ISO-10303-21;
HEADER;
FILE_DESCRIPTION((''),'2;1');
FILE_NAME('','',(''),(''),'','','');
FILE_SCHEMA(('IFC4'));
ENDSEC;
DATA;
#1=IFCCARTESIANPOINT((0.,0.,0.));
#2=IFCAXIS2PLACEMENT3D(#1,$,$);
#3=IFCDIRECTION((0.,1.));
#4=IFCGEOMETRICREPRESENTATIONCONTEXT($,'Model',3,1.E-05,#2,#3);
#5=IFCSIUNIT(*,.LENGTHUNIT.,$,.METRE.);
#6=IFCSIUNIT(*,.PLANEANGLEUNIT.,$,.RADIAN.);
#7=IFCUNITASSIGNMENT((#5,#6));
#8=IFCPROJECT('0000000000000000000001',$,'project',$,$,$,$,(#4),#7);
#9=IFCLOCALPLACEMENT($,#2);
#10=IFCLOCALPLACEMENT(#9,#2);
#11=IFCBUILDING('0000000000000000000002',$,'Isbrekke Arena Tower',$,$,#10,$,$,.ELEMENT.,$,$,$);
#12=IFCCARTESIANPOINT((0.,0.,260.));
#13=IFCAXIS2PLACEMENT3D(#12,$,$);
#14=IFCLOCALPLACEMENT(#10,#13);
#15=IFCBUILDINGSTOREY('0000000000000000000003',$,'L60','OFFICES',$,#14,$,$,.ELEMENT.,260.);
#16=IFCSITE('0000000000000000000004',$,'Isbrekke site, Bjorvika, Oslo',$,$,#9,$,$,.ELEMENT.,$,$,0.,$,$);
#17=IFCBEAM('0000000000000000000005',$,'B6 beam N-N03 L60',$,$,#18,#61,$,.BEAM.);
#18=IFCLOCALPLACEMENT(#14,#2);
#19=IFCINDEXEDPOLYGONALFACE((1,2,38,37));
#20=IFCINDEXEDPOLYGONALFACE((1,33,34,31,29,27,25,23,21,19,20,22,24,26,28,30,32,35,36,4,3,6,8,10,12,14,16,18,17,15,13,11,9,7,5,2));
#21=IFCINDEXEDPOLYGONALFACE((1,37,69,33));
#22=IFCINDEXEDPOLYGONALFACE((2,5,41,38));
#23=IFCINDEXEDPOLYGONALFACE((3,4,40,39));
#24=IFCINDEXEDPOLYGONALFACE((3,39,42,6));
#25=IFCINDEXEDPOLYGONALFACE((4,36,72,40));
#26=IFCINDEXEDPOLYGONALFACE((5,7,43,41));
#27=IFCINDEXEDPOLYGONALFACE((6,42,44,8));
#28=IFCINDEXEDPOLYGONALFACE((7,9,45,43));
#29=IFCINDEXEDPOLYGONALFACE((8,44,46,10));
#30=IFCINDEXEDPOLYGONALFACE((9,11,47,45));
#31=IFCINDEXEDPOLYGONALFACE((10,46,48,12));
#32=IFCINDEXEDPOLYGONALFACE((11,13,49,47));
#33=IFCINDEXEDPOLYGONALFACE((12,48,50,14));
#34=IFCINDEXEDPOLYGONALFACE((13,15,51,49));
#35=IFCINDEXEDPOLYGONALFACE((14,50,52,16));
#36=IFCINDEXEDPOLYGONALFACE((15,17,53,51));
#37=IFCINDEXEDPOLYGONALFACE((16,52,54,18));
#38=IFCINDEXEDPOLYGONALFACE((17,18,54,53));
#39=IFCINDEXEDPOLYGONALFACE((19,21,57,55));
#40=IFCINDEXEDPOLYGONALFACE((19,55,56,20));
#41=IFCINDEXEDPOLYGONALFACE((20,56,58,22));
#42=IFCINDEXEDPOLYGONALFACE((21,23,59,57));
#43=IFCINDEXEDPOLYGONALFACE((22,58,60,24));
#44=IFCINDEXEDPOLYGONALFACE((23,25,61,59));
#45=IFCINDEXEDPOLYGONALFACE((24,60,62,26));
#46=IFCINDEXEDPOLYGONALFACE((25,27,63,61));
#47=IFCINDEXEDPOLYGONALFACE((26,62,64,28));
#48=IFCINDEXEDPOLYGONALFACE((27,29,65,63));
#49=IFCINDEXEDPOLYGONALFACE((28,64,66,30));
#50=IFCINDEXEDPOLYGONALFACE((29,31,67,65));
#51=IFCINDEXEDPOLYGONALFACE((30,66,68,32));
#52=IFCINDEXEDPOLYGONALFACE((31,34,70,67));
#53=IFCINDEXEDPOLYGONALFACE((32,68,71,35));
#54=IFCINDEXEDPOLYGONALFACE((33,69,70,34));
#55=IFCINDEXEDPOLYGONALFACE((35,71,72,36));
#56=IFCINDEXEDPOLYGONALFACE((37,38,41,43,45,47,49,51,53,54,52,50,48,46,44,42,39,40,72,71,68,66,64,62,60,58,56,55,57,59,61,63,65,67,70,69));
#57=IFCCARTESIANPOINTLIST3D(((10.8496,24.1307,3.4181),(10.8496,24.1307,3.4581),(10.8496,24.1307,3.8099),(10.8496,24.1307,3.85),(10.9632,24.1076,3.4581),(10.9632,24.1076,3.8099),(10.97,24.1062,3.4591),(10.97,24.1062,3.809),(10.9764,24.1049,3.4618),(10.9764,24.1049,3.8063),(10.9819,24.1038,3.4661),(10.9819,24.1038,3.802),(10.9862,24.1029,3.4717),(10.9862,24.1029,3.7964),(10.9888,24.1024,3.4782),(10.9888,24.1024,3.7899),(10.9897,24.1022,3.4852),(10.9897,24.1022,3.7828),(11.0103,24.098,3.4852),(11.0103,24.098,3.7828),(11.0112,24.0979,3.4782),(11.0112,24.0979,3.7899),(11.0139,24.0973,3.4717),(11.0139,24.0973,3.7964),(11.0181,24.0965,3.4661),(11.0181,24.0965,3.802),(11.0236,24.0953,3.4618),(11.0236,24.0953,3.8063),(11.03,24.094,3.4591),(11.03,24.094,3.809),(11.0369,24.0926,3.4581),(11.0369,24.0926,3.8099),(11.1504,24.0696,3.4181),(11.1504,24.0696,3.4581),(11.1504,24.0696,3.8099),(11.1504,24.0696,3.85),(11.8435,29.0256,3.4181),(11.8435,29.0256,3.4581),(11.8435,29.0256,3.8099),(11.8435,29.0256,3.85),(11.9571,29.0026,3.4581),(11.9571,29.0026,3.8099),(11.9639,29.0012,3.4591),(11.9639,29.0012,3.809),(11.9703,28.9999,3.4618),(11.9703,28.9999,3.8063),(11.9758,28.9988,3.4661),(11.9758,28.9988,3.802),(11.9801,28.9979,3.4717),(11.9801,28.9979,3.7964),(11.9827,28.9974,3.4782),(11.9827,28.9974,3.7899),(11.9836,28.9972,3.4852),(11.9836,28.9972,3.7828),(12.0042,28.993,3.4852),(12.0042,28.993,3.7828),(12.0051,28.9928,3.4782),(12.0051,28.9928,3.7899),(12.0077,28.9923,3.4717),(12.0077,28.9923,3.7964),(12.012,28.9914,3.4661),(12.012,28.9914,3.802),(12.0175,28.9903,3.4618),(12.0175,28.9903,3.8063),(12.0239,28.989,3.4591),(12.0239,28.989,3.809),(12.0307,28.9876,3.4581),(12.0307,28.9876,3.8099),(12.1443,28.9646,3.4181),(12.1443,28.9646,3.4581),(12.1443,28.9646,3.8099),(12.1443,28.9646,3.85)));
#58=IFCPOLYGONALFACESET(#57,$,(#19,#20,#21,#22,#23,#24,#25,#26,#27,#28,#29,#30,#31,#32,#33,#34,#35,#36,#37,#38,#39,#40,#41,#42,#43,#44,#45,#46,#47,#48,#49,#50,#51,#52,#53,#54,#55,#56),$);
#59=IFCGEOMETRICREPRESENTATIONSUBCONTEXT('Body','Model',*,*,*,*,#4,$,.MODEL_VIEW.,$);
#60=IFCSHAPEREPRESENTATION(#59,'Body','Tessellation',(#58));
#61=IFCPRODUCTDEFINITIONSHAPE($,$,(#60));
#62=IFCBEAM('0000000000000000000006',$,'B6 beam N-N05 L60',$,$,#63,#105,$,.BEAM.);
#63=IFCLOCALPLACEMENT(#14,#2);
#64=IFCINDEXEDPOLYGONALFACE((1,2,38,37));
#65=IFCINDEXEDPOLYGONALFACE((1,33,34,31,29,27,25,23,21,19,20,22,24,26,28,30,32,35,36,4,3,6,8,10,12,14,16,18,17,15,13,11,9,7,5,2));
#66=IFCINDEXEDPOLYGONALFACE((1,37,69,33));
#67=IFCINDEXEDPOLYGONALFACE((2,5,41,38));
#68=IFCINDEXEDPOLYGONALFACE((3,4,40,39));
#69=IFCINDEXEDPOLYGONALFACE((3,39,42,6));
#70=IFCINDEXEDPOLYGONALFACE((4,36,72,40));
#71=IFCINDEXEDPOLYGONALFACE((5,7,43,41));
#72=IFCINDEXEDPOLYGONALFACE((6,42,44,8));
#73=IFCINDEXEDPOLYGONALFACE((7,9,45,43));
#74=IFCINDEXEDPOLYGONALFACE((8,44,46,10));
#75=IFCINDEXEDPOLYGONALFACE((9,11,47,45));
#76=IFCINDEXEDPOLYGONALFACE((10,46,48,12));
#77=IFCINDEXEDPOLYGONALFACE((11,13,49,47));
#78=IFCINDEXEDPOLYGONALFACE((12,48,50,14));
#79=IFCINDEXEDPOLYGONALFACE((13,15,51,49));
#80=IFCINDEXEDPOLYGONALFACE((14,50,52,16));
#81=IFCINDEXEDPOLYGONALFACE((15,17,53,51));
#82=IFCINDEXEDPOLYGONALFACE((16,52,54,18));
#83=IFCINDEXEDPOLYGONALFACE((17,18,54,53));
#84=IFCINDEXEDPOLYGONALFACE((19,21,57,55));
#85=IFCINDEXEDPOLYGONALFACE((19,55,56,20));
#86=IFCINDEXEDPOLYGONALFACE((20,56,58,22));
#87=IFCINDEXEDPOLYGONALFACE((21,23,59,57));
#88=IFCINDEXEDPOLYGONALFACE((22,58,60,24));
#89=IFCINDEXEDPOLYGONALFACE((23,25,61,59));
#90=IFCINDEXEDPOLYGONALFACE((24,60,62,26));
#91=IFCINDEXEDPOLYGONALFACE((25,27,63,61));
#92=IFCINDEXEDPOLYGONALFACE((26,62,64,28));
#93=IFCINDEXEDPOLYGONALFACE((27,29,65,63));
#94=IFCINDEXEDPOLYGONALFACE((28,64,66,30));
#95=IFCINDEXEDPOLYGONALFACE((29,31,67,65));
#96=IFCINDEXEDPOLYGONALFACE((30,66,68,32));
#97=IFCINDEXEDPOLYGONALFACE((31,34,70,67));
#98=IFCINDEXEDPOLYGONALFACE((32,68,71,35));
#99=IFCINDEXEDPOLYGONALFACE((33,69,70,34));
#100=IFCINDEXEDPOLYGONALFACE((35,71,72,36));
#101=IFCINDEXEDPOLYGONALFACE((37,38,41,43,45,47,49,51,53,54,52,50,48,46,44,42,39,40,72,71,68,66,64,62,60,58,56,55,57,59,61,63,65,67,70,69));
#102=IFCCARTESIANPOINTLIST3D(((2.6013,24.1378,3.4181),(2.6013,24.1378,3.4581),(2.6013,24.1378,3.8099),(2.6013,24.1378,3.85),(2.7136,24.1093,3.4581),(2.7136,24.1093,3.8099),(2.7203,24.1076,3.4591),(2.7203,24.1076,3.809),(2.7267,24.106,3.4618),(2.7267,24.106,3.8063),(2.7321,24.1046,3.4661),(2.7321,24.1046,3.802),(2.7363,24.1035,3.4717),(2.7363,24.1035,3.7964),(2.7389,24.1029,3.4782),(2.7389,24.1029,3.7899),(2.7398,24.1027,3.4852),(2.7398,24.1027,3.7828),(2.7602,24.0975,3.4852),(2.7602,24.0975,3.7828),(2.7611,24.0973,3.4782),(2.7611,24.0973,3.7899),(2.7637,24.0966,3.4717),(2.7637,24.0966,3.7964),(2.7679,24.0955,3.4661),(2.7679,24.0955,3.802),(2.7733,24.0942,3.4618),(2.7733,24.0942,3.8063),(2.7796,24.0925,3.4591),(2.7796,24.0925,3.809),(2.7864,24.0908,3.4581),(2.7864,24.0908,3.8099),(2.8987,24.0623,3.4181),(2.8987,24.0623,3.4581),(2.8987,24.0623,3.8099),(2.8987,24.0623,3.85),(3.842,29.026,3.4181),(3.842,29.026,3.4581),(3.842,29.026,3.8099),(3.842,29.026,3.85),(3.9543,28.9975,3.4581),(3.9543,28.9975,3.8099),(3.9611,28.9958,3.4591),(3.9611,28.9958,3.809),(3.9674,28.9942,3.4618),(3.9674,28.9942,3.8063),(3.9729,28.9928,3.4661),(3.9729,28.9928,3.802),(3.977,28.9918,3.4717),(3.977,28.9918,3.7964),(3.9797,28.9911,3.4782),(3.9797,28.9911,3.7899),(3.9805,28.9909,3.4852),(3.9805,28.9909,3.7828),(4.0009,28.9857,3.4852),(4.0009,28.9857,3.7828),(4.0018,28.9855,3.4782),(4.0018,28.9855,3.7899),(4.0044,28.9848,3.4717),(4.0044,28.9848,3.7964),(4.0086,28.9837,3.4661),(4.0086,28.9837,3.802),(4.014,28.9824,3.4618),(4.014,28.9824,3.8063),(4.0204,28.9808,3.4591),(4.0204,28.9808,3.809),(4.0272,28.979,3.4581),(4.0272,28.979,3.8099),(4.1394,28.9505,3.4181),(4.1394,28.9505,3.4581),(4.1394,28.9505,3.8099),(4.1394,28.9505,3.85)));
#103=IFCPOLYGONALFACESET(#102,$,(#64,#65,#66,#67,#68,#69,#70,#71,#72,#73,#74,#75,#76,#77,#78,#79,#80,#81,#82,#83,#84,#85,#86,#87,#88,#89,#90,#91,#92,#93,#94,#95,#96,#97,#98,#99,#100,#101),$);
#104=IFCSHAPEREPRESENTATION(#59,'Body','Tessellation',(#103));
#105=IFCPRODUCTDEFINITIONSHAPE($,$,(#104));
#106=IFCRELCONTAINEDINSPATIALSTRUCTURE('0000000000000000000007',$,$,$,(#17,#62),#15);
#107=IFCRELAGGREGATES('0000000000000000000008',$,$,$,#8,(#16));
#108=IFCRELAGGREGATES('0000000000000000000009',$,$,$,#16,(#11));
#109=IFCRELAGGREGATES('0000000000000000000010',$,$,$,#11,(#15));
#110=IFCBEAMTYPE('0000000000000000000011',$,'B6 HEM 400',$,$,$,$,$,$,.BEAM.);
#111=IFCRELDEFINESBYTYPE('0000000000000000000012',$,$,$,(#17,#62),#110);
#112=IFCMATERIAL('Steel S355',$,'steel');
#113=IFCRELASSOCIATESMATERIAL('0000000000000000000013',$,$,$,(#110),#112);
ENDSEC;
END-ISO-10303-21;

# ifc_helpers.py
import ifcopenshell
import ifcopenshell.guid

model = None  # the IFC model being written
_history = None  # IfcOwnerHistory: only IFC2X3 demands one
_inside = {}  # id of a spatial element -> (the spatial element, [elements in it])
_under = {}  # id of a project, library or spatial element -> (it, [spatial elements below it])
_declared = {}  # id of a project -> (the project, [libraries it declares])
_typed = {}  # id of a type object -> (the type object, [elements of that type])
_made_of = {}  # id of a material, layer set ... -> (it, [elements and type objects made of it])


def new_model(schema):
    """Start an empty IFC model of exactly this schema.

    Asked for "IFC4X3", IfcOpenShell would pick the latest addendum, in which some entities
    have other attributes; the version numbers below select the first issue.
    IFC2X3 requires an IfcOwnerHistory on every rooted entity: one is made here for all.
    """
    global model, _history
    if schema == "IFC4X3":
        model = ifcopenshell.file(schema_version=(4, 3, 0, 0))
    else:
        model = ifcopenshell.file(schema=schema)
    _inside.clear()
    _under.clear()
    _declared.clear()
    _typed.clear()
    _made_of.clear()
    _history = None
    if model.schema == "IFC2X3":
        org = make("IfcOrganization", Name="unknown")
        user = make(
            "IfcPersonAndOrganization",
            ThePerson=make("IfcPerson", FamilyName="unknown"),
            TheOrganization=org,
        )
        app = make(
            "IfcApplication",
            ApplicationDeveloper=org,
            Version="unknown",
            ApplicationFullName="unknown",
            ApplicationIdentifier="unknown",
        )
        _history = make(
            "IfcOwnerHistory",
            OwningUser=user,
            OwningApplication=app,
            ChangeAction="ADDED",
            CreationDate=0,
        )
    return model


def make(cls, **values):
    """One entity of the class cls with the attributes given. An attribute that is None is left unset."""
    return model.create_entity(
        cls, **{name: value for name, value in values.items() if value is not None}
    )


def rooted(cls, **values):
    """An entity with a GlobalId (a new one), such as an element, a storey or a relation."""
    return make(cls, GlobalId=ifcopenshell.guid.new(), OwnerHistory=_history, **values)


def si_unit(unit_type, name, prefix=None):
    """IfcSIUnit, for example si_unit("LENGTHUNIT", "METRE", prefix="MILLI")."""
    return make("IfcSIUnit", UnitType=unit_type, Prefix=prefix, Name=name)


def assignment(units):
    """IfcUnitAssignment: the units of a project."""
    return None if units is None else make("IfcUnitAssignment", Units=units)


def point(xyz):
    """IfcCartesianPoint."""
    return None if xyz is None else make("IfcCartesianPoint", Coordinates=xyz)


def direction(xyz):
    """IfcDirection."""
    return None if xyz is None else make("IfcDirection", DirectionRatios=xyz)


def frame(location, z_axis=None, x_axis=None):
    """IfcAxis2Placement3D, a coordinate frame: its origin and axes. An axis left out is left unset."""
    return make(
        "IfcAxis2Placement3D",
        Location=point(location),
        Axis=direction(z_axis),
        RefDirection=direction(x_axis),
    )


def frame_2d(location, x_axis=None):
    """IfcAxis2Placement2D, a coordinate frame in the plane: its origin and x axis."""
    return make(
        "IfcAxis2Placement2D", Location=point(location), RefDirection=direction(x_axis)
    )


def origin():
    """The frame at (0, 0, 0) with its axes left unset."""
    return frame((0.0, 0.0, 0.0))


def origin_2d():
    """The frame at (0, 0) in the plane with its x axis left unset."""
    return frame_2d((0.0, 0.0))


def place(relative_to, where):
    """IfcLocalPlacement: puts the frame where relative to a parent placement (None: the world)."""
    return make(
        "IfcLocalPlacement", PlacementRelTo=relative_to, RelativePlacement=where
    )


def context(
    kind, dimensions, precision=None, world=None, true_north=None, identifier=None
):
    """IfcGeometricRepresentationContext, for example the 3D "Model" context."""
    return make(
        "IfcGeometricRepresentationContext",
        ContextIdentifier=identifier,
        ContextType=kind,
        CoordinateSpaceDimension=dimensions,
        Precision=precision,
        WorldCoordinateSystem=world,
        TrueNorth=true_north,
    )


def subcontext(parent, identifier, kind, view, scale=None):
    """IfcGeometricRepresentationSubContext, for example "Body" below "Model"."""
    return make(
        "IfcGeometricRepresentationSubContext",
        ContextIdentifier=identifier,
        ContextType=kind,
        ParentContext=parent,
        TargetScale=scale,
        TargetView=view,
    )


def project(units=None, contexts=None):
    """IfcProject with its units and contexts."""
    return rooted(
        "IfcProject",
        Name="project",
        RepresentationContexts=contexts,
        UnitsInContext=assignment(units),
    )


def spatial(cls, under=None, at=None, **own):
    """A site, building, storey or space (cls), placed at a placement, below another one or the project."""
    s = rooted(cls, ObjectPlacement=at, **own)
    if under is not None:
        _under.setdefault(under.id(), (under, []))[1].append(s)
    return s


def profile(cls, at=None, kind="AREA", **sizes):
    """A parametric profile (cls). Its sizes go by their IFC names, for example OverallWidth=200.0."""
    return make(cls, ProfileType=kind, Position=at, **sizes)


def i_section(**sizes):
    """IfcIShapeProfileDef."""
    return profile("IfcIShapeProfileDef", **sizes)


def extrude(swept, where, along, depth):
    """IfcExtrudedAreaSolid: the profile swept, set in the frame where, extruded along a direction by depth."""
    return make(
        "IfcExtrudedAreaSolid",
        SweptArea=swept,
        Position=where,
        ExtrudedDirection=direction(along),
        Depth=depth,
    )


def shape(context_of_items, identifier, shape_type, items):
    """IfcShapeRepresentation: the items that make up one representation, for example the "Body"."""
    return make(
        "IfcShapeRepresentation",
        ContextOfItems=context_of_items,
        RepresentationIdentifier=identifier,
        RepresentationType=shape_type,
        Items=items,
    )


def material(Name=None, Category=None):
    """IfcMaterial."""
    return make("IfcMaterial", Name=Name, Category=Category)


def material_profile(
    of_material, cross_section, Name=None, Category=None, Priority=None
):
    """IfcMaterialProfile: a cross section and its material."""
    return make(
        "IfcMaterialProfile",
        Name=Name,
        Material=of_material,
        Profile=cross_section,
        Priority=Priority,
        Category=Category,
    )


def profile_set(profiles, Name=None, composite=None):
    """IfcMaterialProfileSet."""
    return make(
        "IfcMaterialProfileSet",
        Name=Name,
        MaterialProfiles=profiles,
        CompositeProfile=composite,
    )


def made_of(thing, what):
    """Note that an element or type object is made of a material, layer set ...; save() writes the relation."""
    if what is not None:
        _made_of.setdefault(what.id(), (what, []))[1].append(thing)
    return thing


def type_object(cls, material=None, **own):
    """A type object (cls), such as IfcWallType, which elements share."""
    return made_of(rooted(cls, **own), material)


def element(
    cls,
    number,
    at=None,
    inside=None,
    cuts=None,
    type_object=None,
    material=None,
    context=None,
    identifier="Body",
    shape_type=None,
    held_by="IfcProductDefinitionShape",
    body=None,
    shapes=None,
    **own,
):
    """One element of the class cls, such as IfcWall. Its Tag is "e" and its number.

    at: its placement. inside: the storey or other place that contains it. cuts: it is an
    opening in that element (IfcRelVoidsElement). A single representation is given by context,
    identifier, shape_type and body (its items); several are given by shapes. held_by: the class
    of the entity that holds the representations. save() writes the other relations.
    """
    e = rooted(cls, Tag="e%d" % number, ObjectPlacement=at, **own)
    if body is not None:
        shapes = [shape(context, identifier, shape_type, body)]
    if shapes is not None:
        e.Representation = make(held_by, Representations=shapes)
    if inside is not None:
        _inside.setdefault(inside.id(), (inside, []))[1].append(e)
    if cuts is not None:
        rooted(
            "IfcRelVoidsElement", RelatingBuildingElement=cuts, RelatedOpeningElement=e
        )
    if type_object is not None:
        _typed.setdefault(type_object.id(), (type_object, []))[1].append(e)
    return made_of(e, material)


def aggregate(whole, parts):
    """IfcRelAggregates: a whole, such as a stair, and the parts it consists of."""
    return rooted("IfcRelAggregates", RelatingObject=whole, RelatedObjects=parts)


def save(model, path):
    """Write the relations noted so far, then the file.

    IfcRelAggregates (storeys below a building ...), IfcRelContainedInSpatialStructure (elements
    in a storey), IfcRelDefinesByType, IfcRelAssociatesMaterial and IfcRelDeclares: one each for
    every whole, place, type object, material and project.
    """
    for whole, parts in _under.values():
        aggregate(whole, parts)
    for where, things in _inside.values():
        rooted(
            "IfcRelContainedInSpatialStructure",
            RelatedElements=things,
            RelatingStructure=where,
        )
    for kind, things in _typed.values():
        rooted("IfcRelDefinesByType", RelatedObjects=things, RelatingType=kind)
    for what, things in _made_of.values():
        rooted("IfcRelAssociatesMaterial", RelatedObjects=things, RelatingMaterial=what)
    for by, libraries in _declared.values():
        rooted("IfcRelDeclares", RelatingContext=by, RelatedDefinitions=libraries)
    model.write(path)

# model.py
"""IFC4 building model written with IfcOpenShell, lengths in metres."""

from ifc_helpers import new_model, si_unit, direction, frame, origin, origin_2d, place, context, subcontext, project, spatial, i_section, extrude, material, material_profile, profile_set, type_object, element, save


model = new_model("IFC4")

# Units and contexts
model_context = context("Model", 3, precision=1e-05, world=origin(), true_north=direction((0.0, 1.0)))
body_context = subcontext(model_context, "Body", "Model", "MODEL_VIEW")
ifc_project = project(units=[si_unit("LENGTHUNIT", "METRE"), si_unit("PLANEANGLEUNIT", "RADIAN")], contexts=[model_context])

# Site, building, storey
site_placement = place(None, origin())
site = spatial("IfcSite", under=ifc_project, at=site_placement, Name="Isbrekke site, Bjorvika, Oslo", CompositionType="ELEMENT", RefElevation=0.0)
building_placement = place(site_placement, origin())
building = spatial("IfcBuilding", under=site, at=building_placement, Name="Isbrekke Arena Tower", CompositionType="ELEMENT")
storey_placement = place(building_placement, frame((0.0, 0.0, 260.0)))
storey = spatial("IfcBuildingStorey", under=building, at=storey_placement, Name="L60", Description="OFFICES", CompositionType="ELEMENT", Elevation=260.0)

# Beams
ifc_material_1 = material(Name="Steel S355", Category="steel")
ifc_material_profile = material_profile(ifc_material_1, i_section(OverallWidth=0.3069, OverallDepth=0.4319, WebThickness=0.021, FlangeThickness=0.04, FilletRadius=0.0271, at=origin_2d()), Name="HEM 400")
ifc_profile_set = profile_set([ifc_material_profile], Name="Steel S355")
beam_type = type_object("IfcBeamType", Name="B6 HEM 400", PredefinedType="BEAM", material=ifc_profile_set)
beam_1_placement = place(storey_placement, frame((11.9939, 28.9951, 3.634), z_axis=(-0.198982, -0.980003, 0.0), x_axis=(0.980003, -0.198982, 0.0)))
element("IfcBeam", 1, at=beam_1_placement, inside=storey, type_object=beam_type, Name="B6 beam N-N03 L60", PredefinedType="BEAM", context=body_context, shape_type="SweptSolid", body=[
    extrude(i_section(OverallWidth=0.3069, OverallDepth=0.4319, WebThickness=0.021, FlangeThickness=0.04, FilletRadius=0.0271, at=origin_2d()), origin(), (0.0, 0.0, 1.0), 4.9949),
])
beam_2_placement = place(storey_placement, frame((3.9907, 28.9883, 3.634), z_axis=(-0.24602, -0.969265, 0.0), x_axis=(0.969265, -0.24602, 0.0)))
element("IfcBeam", 2, at=beam_2_placement, inside=storey, type_object=beam_type, Name="B6 beam N-N05 L60", PredefinedType="BEAM", context=body_context, shape_type="SweptSolid", body=[
    extrude(i_section(OverallWidth=0.3069, OverallDepth=0.4319, WebThickness=0.021, FlangeThickness=0.04, FilletRadius=0.0271, at=origin_2d()), origin(), (0.0, 0.0, 1.0), 5.0432),
])

save(model, "model.ifc")
